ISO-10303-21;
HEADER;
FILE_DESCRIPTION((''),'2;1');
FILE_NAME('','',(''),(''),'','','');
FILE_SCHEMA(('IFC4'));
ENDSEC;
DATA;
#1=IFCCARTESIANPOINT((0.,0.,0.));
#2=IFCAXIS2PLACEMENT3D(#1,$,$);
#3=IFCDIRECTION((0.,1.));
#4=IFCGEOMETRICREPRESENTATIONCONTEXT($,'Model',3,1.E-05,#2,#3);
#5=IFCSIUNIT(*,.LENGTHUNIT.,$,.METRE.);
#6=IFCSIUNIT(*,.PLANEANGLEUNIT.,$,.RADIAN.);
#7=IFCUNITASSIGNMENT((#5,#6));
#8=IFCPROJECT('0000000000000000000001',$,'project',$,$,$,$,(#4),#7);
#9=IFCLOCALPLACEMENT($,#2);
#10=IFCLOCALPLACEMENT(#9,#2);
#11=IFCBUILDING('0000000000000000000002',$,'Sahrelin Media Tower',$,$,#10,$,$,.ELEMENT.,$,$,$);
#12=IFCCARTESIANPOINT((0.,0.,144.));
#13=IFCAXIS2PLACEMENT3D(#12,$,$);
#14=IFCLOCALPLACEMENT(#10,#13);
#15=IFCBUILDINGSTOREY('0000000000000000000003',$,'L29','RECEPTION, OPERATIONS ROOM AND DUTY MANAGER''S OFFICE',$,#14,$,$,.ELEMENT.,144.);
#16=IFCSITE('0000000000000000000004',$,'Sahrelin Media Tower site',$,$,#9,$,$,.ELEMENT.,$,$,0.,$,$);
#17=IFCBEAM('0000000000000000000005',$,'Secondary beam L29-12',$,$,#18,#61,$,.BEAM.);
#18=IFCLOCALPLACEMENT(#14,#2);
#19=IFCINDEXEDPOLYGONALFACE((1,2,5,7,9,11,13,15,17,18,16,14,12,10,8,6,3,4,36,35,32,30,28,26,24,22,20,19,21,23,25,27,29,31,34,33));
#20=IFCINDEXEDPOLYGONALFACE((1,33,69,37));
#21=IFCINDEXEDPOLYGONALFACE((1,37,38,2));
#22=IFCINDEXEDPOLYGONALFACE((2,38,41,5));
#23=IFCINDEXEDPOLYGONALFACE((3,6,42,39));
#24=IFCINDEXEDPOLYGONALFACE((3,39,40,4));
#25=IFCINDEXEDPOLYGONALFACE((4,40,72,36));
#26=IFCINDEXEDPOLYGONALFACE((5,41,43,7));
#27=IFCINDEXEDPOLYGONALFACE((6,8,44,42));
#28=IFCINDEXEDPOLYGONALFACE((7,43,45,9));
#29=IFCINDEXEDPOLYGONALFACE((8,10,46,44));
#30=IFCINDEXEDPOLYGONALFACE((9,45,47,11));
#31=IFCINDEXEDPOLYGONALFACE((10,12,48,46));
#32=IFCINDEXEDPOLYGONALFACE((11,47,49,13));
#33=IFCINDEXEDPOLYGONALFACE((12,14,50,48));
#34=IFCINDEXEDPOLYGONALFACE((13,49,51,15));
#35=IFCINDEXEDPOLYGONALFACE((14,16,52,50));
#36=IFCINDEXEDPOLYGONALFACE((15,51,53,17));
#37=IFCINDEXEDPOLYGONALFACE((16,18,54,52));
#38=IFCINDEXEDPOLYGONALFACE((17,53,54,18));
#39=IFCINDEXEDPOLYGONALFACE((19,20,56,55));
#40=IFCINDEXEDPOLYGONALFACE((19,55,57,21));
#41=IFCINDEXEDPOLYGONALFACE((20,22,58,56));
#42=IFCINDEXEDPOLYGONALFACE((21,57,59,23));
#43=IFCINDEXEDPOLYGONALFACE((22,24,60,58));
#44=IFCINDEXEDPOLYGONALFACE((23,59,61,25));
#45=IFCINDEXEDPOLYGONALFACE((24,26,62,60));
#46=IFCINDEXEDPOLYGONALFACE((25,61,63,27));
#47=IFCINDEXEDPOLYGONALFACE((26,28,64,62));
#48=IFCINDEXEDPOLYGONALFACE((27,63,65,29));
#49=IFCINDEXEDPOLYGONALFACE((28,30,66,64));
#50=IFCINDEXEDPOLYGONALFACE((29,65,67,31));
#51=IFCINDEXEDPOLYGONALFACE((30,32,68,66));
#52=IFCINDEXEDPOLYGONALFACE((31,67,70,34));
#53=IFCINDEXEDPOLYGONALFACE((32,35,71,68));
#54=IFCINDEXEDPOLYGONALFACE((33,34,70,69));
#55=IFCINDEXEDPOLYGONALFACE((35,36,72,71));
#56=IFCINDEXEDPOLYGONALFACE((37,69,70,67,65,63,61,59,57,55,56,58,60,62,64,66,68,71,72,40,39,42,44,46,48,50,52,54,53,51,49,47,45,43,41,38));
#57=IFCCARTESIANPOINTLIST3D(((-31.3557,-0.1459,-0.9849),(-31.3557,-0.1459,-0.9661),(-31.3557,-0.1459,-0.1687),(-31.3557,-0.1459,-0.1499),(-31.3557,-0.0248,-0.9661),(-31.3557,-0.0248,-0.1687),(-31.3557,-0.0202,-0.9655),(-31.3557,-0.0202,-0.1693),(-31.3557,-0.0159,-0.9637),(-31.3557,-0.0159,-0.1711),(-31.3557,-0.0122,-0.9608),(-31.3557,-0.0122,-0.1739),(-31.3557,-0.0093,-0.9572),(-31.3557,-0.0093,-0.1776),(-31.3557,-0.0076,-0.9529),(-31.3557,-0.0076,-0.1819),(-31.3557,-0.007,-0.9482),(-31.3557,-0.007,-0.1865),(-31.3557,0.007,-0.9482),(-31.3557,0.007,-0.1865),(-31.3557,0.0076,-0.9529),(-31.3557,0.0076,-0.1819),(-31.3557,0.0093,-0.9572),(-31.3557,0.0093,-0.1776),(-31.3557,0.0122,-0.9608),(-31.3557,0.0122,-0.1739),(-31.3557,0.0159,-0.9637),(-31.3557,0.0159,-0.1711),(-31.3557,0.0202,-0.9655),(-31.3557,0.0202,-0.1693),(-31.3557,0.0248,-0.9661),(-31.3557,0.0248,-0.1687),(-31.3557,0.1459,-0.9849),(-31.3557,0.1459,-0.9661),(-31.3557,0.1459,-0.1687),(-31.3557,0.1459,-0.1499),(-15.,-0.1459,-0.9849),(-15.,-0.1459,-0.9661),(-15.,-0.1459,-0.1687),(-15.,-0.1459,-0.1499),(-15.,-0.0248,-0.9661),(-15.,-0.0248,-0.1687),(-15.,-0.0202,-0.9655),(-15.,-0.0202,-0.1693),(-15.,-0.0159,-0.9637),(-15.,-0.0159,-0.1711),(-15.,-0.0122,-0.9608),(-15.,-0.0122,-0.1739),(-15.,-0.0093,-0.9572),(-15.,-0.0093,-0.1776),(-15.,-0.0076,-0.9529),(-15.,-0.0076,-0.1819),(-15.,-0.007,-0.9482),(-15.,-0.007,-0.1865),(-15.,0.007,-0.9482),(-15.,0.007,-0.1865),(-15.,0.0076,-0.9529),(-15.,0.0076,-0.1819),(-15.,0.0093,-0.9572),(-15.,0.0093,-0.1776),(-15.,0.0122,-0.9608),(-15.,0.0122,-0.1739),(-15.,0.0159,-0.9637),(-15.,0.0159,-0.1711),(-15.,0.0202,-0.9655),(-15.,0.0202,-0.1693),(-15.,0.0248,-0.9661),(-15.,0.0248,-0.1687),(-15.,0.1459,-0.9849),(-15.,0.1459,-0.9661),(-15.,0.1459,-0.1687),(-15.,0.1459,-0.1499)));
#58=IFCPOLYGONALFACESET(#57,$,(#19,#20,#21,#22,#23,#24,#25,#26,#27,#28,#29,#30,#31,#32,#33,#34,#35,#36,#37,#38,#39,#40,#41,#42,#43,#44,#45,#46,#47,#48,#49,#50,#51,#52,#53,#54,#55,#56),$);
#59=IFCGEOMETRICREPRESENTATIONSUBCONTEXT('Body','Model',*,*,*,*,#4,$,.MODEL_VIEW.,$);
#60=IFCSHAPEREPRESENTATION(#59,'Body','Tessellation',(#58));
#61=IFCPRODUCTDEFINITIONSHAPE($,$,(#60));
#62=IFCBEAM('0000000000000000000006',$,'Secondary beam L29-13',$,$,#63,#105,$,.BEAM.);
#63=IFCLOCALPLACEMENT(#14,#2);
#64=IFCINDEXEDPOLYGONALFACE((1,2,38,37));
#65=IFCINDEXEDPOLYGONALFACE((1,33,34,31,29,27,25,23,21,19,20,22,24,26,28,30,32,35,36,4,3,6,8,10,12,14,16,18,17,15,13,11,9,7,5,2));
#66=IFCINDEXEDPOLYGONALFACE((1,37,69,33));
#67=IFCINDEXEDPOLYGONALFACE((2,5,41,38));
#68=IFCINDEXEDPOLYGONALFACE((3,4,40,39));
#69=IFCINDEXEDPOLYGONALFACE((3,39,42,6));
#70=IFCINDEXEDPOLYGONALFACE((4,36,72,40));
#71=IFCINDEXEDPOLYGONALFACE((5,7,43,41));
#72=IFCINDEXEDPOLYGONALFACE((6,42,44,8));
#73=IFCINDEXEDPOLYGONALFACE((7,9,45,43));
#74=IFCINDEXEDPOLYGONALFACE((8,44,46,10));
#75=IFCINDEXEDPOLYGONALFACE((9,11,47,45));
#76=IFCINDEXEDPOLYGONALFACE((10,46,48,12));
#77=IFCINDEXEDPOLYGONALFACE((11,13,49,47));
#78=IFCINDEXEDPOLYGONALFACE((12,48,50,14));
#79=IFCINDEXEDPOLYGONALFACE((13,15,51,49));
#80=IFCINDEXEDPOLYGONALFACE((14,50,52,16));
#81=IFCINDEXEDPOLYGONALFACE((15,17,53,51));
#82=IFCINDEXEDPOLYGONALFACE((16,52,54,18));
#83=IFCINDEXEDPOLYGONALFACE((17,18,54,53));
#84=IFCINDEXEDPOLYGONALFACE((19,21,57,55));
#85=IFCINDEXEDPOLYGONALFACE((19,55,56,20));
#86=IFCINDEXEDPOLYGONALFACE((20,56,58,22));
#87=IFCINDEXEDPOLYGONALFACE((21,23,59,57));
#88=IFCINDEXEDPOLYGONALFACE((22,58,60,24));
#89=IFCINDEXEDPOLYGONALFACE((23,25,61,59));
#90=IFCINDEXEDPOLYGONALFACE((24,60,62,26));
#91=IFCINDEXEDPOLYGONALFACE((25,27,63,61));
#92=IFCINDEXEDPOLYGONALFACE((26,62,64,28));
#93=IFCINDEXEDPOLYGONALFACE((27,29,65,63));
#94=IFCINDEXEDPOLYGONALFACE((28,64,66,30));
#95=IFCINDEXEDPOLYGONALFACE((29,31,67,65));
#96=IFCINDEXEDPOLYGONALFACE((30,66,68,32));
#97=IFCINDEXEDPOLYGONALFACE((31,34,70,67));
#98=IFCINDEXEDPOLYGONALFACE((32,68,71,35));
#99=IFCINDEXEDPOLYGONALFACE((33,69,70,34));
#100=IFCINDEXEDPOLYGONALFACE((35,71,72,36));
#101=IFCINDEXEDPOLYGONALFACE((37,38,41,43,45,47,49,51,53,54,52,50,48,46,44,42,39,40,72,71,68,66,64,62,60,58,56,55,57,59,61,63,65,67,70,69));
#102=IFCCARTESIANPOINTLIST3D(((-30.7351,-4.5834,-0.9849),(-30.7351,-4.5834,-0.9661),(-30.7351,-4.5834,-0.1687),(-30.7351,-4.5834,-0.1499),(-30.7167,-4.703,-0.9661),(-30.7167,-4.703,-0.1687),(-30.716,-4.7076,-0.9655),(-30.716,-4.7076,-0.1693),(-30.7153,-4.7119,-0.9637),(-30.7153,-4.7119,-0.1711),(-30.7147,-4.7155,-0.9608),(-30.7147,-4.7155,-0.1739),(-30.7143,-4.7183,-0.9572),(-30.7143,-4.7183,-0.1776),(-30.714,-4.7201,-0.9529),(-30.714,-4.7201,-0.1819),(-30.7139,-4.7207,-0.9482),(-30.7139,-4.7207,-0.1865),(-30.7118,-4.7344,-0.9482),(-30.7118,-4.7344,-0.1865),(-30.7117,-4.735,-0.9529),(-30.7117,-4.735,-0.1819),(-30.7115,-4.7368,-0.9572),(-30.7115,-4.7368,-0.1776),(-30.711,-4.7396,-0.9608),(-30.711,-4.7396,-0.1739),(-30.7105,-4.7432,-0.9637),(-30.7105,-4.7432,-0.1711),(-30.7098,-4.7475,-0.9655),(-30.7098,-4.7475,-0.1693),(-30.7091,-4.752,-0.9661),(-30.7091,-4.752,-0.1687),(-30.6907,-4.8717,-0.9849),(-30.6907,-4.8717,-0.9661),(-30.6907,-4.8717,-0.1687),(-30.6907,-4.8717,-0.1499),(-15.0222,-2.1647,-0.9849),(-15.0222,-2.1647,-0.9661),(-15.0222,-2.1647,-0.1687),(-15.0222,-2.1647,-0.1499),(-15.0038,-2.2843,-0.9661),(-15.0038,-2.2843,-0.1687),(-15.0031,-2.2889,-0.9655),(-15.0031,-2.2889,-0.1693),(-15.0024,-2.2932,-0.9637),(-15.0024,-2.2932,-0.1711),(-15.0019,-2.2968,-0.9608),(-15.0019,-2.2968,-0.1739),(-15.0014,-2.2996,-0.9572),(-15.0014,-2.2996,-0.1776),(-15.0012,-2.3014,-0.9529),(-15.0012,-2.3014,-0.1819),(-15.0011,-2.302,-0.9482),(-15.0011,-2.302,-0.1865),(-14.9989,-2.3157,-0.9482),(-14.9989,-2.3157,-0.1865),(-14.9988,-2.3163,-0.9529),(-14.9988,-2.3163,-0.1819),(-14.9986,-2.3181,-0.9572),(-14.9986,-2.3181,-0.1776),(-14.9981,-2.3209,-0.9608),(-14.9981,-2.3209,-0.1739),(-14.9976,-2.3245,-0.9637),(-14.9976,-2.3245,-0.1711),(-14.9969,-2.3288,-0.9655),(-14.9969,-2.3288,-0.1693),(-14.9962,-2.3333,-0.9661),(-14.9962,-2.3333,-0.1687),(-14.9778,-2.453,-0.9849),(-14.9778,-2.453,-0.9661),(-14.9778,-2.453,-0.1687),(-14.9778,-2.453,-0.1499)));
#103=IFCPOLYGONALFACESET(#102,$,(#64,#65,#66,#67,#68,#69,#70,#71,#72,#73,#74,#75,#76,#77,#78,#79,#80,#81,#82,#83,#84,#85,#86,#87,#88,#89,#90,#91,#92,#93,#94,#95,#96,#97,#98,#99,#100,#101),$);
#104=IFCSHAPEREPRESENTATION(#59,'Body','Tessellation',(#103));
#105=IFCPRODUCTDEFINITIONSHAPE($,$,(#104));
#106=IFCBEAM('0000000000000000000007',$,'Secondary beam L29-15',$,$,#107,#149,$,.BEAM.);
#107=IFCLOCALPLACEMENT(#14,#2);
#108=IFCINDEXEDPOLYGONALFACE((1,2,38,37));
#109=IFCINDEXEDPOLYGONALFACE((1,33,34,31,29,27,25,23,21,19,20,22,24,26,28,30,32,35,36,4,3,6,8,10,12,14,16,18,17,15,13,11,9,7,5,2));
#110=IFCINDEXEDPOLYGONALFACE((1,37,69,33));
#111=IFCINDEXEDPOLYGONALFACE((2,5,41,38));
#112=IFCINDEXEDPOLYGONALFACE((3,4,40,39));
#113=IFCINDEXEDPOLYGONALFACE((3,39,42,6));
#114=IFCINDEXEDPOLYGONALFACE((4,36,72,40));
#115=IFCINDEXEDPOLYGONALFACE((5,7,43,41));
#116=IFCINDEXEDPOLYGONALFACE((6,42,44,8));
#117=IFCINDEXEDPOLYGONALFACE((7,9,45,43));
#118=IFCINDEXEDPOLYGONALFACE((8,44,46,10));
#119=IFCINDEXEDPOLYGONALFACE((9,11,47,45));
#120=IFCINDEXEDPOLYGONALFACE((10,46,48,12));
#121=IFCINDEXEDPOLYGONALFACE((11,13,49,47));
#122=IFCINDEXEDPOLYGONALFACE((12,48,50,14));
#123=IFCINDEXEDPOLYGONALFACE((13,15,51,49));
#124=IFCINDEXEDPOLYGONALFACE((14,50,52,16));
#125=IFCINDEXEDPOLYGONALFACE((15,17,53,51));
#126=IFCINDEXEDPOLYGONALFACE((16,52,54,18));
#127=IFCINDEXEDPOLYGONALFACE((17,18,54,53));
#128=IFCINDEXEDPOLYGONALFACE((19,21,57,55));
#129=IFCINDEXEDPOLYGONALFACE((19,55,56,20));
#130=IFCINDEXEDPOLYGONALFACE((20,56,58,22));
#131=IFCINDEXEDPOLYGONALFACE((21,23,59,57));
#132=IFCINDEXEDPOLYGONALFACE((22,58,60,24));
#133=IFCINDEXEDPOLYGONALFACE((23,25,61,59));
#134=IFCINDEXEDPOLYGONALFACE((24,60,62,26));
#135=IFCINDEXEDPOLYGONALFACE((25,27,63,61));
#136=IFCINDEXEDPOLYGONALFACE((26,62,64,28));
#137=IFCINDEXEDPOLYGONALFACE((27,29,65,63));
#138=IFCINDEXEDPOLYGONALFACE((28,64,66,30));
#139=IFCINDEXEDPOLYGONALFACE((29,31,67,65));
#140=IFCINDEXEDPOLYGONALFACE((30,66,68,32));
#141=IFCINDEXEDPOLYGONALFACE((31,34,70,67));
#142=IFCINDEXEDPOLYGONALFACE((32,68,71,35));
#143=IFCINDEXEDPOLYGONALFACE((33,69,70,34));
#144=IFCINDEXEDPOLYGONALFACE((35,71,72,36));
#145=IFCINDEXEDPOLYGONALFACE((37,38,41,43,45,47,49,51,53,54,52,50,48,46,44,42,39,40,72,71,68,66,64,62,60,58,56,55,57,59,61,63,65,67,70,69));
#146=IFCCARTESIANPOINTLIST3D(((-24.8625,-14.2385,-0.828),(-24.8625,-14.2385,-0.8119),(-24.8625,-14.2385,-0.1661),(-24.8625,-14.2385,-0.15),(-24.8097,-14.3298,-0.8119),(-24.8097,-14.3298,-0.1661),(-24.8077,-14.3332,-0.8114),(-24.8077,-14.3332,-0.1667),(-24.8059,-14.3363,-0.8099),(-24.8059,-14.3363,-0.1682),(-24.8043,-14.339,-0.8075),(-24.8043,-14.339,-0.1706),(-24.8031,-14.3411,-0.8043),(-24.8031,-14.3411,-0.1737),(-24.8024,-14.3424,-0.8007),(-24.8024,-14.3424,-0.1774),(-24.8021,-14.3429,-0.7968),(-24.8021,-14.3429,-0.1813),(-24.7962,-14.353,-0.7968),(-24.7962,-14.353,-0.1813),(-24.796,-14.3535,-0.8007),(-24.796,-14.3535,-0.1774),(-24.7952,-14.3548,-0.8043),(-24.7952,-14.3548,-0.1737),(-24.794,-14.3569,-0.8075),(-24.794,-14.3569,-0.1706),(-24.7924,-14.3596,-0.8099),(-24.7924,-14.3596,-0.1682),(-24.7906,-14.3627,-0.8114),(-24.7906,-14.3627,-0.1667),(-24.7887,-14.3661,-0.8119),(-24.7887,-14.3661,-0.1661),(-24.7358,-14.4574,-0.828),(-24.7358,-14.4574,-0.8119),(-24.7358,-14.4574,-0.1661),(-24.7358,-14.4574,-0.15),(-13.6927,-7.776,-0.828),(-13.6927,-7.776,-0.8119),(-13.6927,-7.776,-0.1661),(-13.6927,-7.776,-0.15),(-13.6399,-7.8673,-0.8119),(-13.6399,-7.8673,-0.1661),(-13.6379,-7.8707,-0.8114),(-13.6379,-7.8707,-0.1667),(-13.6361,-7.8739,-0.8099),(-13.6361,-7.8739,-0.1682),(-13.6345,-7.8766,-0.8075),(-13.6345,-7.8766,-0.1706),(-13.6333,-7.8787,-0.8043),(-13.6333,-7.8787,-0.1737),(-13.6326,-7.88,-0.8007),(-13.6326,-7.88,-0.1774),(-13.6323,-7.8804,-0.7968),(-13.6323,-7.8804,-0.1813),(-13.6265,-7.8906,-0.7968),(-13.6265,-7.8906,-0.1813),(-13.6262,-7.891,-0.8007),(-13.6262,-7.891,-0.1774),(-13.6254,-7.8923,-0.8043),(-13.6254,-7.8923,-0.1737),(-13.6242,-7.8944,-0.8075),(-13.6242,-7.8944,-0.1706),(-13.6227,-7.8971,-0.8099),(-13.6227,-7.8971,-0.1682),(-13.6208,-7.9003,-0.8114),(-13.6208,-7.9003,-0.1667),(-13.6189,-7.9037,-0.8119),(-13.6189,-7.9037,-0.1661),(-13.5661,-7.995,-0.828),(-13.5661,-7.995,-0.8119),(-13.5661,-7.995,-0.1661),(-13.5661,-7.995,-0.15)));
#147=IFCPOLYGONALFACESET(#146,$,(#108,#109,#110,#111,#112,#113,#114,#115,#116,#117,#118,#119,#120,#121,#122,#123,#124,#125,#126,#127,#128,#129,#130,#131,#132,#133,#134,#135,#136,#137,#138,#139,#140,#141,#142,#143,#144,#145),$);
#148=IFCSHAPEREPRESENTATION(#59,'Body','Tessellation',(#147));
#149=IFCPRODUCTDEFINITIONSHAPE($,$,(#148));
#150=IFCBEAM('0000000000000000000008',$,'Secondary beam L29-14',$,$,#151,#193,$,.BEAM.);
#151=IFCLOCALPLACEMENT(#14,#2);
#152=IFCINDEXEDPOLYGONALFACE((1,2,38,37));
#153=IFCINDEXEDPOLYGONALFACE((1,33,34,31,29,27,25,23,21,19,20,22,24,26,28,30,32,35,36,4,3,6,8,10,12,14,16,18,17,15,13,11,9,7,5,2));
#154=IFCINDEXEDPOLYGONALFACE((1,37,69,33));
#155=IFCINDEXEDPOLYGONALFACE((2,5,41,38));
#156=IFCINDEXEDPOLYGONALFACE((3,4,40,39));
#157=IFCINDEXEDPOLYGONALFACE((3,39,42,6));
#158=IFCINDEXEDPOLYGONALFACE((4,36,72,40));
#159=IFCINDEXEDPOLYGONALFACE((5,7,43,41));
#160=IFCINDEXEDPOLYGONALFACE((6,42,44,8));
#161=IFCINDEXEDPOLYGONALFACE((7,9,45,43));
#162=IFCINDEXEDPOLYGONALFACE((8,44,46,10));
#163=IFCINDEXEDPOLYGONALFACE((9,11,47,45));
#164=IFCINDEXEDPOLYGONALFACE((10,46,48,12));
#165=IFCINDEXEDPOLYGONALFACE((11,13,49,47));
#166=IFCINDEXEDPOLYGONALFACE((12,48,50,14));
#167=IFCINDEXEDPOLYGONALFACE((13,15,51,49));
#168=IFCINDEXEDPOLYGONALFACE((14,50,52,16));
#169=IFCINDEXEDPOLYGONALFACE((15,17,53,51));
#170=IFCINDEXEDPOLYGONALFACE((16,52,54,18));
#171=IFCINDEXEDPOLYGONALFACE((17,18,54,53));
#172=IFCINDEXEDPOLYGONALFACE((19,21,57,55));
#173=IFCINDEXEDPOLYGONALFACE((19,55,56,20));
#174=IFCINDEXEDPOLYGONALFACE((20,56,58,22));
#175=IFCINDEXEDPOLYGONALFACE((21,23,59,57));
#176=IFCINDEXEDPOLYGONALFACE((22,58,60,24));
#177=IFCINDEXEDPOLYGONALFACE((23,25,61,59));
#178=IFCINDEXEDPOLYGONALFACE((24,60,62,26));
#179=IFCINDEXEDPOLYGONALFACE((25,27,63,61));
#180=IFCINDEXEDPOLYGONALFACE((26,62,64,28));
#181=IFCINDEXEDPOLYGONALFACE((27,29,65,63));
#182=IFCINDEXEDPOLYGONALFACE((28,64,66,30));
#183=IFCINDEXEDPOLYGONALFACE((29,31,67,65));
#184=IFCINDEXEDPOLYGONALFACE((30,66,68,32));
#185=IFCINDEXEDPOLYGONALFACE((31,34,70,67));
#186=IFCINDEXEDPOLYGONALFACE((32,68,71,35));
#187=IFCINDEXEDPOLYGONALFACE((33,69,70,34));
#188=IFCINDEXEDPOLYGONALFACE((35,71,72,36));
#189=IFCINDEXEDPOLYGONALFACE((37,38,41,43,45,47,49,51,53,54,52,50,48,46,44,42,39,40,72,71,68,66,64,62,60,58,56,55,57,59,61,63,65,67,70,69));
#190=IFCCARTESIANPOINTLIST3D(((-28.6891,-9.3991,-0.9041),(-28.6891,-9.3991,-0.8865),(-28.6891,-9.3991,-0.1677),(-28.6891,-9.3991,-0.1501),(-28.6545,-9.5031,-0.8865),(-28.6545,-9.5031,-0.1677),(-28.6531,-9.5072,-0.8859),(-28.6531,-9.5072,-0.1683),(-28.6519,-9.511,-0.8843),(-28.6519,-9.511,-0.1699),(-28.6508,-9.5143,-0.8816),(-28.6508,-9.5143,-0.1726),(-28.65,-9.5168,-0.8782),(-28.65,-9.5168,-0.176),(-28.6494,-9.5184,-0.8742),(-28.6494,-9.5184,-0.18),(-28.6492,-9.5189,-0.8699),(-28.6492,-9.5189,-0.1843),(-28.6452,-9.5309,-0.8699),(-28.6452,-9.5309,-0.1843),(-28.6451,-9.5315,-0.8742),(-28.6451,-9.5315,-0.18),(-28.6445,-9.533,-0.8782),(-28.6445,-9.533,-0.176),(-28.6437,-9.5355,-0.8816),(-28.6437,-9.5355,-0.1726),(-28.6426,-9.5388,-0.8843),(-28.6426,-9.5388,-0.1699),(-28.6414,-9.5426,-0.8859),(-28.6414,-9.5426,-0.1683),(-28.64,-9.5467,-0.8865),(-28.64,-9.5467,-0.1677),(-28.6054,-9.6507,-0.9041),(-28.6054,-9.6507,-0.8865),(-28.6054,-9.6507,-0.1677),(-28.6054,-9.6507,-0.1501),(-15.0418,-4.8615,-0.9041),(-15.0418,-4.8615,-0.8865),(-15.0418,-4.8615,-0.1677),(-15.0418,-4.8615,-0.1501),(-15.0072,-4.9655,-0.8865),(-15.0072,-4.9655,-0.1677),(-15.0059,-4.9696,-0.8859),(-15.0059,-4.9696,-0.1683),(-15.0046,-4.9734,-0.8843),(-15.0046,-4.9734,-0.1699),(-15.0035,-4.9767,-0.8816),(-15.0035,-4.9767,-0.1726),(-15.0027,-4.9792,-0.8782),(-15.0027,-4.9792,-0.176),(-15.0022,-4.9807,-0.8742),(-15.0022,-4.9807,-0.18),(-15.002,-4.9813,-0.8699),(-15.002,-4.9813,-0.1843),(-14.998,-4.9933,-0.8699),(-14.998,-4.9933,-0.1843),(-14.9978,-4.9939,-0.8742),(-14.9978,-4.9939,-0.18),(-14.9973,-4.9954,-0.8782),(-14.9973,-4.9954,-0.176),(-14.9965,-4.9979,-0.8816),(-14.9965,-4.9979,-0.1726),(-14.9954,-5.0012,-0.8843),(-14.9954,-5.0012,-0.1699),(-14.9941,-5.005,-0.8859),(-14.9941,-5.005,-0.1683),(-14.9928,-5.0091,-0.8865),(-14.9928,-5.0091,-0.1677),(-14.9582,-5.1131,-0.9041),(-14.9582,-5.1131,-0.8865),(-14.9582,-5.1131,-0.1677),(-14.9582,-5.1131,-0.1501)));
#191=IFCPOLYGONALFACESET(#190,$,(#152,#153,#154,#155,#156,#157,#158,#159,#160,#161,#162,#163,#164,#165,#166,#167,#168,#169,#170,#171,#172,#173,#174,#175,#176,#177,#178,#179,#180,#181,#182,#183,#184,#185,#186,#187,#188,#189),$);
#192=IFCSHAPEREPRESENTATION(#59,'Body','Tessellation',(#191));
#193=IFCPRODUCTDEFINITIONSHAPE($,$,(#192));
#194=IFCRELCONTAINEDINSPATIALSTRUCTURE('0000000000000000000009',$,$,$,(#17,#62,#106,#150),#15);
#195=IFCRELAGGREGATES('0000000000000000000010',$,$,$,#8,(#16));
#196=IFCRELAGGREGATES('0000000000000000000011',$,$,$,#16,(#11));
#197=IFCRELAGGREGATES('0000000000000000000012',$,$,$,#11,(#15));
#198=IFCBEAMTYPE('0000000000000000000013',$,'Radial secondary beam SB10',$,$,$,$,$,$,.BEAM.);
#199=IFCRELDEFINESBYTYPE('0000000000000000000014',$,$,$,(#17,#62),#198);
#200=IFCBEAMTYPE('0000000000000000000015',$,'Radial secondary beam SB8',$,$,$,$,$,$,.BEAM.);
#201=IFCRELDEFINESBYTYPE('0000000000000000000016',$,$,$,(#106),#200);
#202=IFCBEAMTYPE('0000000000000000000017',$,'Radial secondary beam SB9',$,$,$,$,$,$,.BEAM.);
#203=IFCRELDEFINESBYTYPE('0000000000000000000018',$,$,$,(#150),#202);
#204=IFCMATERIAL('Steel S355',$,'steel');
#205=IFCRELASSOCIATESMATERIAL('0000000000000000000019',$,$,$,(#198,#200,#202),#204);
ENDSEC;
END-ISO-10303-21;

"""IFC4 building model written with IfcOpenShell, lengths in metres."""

from ifc_helpers import new_model, si_unit, direction, frame, origin, origin_2d, place, context, subcontext, project, spatial, i_section, extrude, material, material_profile, profile_set, type_object, element, save


model = new_model("IFC4")

# Units and contexts
model_context = context("Model", 3, precision=1e-05, world=origin(), true_north=direction((0.0, 1.0)))
body_context = subcontext(model_context, "Body", "Model", "MODEL_VIEW")
ifc_project = project(units=[si_unit("LENGTHUNIT", "METRE"), si_unit("PLANEANGLEUNIT", "RADIAN")], contexts=[model_context])

# Site, building, storey
site_placement = place(None, origin())
site = spatial("IfcSite", under=ifc_project, at=site_placement, Name="Sahrelin Media Tower site", CompositionType="ELEMENT", RefElevation=0.0)
building_placement = place(site_placement, origin())
building = spatial("IfcBuilding", under=site, at=building_placement, Name="Sahrelin Media Tower", CompositionType="ELEMENT")
storey_placement = place(building_placement, frame((0.0, 0.0, 144.0)))
storey = spatial("IfcBuildingStorey", under=building, at=storey_placement, Name="L29", Description="RECEPTION, OPERATIONS ROOM AND DUTY MANAGER'S OFFICE", CompositionType="ELEMENT", Elevation=144.0)

# Beams
ifc_material_1 = material(Name="Steel S355", Category="steel")
ifc_material_profile_1 = material_profile(ifc_material_1, i_section(OverallWidth=0.2917, OverallDepth=0.835, WebThickness=0.0139, FlangeThickness=0.0188, FilletRadius=0.0178, at=origin_2d()), Name="UB 838x292x176")
ifc_profile_set_1 = profile_set([ifc_material_profile_1], Name="Steel S355")
beam_type_1 = type_object("IfcBeamType", Name="Radial secondary beam SB10", PredefinedType="BEAM", material=ifc_profile_set_1)
beam_1_placement = place(storey_placement, frame((-15.0, 0.0, -0.5674), z_axis=(-1.0, 0.0, 0.0), x_axis=(0.0, -1.0, 0.0)))
element("IfcBeam", 1, at=beam_1_placement, inside=storey, type_object=beam_type_1, Name="Secondary beam L29-12", PredefinedType="BEAM", context=body_context, shape_type="SweptSolid", body=[
    extrude(i_section(OverallWidth=0.2917, OverallDepth=0.835, WebThickness=0.0139, FlangeThickness=0.0188, FilletRadius=0.0178, at=origin_2d()), origin(), (0.0, 0.0, 1.0), 16.3557),
])
beam_2_placement = place(storey_placement, frame((-15.0, -2.3088, -0.5674), z_axis=(-0.988359, -0.152139, 0.0), x_axis=(0.152139, -0.988359, 0.0)))
element("IfcBeam", 2, at=beam_2_placement, inside=storey, type_object=beam_type_1, Name="Secondary beam L29-13", PredefinedType="BEAM", context=body_context, shape_type="SweptSolid", body=[
    extrude(i_section(OverallWidth=0.2917, OverallDepth=0.835, WebThickness=0.0139, FlangeThickness=0.0188, FilletRadius=0.0178, at=origin_2d()), origin(), (0.0, 0.0, 1.0), 15.8979),
])
ifc_material_profile_2 = material_profile(ifc_material_1, i_section(OverallWidth=0.2529, OverallDepth=0.678, WebThickness=0.0117, FlangeThickness=0.0161, FilletRadius=0.0151, at=origin_2d()), Name="UB 686x254x125")
ifc_profile_set_2 = profile_set([ifc_material_profile_2], Name="Steel S355")
beam_type_2 = type_object("IfcBeamType", Name="Radial secondary beam SB8", PredefinedType="BEAM", material=ifc_profile_set_2)
beam_3_placement = place(storey_placement, frame((-13.6294, -7.8855, -0.489), z_axis=(-0.865569, -0.500789, 0.0), x_axis=(0.500789, -0.865569, 0.0)))
element("IfcBeam", 3, at=beam_3_placement, inside=storey, type_object=beam_type_2, Name="Secondary beam L29-15", PredefinedType="BEAM", context=body_context, shape_type="SweptSolid", body=[
    extrude(i_section(OverallWidth=0.2529, OverallDepth=0.678, WebThickness=0.0117, FlangeThickness=0.0161, FilletRadius=0.0151, at=origin_2d()), origin(), (0.0, 0.0, 1.0), 12.9045),
])
ifc_material_profile_3 = material_profile(ifc_material_1, i_section(OverallWidth=0.2651, OverallDepth=0.7539, WebThickness=0.0127, FlangeThickness=0.0176, FilletRadius=0.0166, at=origin_2d()), Name="UB 762x267x147")
ifc_profile_set_3 = profile_set([ifc_material_profile_3], Name="Steel S355")
beam_type_3 = type_object("IfcBeamType", Name="Radial secondary beam SB9", PredefinedType="BEAM", material=ifc_profile_set_3)
beam_4_placement = place(storey_placement, frame((-15.0, -4.9873, -0.5271), z_axis=(-0.948922, -0.31551, 0.0), x_axis=(0.31551, -0.948922, 0.0)))
element("IfcBeam", 4, at=beam_4_placement, inside=storey, type_object=beam_type_3, Name="Secondary beam L29-14", PredefinedType="BEAM", context=body_context, shape_type="SweptSolid", body=[
    extrude(i_section(OverallWidth=0.2651, OverallDepth=0.7539, WebThickness=0.0127, FlangeThickness=0.0176, FilletRadius=0.0166, at=origin_2d()), origin(), (0.0, 0.0, 1.0), 14.3818),
])

save(model, "model.ifc")
